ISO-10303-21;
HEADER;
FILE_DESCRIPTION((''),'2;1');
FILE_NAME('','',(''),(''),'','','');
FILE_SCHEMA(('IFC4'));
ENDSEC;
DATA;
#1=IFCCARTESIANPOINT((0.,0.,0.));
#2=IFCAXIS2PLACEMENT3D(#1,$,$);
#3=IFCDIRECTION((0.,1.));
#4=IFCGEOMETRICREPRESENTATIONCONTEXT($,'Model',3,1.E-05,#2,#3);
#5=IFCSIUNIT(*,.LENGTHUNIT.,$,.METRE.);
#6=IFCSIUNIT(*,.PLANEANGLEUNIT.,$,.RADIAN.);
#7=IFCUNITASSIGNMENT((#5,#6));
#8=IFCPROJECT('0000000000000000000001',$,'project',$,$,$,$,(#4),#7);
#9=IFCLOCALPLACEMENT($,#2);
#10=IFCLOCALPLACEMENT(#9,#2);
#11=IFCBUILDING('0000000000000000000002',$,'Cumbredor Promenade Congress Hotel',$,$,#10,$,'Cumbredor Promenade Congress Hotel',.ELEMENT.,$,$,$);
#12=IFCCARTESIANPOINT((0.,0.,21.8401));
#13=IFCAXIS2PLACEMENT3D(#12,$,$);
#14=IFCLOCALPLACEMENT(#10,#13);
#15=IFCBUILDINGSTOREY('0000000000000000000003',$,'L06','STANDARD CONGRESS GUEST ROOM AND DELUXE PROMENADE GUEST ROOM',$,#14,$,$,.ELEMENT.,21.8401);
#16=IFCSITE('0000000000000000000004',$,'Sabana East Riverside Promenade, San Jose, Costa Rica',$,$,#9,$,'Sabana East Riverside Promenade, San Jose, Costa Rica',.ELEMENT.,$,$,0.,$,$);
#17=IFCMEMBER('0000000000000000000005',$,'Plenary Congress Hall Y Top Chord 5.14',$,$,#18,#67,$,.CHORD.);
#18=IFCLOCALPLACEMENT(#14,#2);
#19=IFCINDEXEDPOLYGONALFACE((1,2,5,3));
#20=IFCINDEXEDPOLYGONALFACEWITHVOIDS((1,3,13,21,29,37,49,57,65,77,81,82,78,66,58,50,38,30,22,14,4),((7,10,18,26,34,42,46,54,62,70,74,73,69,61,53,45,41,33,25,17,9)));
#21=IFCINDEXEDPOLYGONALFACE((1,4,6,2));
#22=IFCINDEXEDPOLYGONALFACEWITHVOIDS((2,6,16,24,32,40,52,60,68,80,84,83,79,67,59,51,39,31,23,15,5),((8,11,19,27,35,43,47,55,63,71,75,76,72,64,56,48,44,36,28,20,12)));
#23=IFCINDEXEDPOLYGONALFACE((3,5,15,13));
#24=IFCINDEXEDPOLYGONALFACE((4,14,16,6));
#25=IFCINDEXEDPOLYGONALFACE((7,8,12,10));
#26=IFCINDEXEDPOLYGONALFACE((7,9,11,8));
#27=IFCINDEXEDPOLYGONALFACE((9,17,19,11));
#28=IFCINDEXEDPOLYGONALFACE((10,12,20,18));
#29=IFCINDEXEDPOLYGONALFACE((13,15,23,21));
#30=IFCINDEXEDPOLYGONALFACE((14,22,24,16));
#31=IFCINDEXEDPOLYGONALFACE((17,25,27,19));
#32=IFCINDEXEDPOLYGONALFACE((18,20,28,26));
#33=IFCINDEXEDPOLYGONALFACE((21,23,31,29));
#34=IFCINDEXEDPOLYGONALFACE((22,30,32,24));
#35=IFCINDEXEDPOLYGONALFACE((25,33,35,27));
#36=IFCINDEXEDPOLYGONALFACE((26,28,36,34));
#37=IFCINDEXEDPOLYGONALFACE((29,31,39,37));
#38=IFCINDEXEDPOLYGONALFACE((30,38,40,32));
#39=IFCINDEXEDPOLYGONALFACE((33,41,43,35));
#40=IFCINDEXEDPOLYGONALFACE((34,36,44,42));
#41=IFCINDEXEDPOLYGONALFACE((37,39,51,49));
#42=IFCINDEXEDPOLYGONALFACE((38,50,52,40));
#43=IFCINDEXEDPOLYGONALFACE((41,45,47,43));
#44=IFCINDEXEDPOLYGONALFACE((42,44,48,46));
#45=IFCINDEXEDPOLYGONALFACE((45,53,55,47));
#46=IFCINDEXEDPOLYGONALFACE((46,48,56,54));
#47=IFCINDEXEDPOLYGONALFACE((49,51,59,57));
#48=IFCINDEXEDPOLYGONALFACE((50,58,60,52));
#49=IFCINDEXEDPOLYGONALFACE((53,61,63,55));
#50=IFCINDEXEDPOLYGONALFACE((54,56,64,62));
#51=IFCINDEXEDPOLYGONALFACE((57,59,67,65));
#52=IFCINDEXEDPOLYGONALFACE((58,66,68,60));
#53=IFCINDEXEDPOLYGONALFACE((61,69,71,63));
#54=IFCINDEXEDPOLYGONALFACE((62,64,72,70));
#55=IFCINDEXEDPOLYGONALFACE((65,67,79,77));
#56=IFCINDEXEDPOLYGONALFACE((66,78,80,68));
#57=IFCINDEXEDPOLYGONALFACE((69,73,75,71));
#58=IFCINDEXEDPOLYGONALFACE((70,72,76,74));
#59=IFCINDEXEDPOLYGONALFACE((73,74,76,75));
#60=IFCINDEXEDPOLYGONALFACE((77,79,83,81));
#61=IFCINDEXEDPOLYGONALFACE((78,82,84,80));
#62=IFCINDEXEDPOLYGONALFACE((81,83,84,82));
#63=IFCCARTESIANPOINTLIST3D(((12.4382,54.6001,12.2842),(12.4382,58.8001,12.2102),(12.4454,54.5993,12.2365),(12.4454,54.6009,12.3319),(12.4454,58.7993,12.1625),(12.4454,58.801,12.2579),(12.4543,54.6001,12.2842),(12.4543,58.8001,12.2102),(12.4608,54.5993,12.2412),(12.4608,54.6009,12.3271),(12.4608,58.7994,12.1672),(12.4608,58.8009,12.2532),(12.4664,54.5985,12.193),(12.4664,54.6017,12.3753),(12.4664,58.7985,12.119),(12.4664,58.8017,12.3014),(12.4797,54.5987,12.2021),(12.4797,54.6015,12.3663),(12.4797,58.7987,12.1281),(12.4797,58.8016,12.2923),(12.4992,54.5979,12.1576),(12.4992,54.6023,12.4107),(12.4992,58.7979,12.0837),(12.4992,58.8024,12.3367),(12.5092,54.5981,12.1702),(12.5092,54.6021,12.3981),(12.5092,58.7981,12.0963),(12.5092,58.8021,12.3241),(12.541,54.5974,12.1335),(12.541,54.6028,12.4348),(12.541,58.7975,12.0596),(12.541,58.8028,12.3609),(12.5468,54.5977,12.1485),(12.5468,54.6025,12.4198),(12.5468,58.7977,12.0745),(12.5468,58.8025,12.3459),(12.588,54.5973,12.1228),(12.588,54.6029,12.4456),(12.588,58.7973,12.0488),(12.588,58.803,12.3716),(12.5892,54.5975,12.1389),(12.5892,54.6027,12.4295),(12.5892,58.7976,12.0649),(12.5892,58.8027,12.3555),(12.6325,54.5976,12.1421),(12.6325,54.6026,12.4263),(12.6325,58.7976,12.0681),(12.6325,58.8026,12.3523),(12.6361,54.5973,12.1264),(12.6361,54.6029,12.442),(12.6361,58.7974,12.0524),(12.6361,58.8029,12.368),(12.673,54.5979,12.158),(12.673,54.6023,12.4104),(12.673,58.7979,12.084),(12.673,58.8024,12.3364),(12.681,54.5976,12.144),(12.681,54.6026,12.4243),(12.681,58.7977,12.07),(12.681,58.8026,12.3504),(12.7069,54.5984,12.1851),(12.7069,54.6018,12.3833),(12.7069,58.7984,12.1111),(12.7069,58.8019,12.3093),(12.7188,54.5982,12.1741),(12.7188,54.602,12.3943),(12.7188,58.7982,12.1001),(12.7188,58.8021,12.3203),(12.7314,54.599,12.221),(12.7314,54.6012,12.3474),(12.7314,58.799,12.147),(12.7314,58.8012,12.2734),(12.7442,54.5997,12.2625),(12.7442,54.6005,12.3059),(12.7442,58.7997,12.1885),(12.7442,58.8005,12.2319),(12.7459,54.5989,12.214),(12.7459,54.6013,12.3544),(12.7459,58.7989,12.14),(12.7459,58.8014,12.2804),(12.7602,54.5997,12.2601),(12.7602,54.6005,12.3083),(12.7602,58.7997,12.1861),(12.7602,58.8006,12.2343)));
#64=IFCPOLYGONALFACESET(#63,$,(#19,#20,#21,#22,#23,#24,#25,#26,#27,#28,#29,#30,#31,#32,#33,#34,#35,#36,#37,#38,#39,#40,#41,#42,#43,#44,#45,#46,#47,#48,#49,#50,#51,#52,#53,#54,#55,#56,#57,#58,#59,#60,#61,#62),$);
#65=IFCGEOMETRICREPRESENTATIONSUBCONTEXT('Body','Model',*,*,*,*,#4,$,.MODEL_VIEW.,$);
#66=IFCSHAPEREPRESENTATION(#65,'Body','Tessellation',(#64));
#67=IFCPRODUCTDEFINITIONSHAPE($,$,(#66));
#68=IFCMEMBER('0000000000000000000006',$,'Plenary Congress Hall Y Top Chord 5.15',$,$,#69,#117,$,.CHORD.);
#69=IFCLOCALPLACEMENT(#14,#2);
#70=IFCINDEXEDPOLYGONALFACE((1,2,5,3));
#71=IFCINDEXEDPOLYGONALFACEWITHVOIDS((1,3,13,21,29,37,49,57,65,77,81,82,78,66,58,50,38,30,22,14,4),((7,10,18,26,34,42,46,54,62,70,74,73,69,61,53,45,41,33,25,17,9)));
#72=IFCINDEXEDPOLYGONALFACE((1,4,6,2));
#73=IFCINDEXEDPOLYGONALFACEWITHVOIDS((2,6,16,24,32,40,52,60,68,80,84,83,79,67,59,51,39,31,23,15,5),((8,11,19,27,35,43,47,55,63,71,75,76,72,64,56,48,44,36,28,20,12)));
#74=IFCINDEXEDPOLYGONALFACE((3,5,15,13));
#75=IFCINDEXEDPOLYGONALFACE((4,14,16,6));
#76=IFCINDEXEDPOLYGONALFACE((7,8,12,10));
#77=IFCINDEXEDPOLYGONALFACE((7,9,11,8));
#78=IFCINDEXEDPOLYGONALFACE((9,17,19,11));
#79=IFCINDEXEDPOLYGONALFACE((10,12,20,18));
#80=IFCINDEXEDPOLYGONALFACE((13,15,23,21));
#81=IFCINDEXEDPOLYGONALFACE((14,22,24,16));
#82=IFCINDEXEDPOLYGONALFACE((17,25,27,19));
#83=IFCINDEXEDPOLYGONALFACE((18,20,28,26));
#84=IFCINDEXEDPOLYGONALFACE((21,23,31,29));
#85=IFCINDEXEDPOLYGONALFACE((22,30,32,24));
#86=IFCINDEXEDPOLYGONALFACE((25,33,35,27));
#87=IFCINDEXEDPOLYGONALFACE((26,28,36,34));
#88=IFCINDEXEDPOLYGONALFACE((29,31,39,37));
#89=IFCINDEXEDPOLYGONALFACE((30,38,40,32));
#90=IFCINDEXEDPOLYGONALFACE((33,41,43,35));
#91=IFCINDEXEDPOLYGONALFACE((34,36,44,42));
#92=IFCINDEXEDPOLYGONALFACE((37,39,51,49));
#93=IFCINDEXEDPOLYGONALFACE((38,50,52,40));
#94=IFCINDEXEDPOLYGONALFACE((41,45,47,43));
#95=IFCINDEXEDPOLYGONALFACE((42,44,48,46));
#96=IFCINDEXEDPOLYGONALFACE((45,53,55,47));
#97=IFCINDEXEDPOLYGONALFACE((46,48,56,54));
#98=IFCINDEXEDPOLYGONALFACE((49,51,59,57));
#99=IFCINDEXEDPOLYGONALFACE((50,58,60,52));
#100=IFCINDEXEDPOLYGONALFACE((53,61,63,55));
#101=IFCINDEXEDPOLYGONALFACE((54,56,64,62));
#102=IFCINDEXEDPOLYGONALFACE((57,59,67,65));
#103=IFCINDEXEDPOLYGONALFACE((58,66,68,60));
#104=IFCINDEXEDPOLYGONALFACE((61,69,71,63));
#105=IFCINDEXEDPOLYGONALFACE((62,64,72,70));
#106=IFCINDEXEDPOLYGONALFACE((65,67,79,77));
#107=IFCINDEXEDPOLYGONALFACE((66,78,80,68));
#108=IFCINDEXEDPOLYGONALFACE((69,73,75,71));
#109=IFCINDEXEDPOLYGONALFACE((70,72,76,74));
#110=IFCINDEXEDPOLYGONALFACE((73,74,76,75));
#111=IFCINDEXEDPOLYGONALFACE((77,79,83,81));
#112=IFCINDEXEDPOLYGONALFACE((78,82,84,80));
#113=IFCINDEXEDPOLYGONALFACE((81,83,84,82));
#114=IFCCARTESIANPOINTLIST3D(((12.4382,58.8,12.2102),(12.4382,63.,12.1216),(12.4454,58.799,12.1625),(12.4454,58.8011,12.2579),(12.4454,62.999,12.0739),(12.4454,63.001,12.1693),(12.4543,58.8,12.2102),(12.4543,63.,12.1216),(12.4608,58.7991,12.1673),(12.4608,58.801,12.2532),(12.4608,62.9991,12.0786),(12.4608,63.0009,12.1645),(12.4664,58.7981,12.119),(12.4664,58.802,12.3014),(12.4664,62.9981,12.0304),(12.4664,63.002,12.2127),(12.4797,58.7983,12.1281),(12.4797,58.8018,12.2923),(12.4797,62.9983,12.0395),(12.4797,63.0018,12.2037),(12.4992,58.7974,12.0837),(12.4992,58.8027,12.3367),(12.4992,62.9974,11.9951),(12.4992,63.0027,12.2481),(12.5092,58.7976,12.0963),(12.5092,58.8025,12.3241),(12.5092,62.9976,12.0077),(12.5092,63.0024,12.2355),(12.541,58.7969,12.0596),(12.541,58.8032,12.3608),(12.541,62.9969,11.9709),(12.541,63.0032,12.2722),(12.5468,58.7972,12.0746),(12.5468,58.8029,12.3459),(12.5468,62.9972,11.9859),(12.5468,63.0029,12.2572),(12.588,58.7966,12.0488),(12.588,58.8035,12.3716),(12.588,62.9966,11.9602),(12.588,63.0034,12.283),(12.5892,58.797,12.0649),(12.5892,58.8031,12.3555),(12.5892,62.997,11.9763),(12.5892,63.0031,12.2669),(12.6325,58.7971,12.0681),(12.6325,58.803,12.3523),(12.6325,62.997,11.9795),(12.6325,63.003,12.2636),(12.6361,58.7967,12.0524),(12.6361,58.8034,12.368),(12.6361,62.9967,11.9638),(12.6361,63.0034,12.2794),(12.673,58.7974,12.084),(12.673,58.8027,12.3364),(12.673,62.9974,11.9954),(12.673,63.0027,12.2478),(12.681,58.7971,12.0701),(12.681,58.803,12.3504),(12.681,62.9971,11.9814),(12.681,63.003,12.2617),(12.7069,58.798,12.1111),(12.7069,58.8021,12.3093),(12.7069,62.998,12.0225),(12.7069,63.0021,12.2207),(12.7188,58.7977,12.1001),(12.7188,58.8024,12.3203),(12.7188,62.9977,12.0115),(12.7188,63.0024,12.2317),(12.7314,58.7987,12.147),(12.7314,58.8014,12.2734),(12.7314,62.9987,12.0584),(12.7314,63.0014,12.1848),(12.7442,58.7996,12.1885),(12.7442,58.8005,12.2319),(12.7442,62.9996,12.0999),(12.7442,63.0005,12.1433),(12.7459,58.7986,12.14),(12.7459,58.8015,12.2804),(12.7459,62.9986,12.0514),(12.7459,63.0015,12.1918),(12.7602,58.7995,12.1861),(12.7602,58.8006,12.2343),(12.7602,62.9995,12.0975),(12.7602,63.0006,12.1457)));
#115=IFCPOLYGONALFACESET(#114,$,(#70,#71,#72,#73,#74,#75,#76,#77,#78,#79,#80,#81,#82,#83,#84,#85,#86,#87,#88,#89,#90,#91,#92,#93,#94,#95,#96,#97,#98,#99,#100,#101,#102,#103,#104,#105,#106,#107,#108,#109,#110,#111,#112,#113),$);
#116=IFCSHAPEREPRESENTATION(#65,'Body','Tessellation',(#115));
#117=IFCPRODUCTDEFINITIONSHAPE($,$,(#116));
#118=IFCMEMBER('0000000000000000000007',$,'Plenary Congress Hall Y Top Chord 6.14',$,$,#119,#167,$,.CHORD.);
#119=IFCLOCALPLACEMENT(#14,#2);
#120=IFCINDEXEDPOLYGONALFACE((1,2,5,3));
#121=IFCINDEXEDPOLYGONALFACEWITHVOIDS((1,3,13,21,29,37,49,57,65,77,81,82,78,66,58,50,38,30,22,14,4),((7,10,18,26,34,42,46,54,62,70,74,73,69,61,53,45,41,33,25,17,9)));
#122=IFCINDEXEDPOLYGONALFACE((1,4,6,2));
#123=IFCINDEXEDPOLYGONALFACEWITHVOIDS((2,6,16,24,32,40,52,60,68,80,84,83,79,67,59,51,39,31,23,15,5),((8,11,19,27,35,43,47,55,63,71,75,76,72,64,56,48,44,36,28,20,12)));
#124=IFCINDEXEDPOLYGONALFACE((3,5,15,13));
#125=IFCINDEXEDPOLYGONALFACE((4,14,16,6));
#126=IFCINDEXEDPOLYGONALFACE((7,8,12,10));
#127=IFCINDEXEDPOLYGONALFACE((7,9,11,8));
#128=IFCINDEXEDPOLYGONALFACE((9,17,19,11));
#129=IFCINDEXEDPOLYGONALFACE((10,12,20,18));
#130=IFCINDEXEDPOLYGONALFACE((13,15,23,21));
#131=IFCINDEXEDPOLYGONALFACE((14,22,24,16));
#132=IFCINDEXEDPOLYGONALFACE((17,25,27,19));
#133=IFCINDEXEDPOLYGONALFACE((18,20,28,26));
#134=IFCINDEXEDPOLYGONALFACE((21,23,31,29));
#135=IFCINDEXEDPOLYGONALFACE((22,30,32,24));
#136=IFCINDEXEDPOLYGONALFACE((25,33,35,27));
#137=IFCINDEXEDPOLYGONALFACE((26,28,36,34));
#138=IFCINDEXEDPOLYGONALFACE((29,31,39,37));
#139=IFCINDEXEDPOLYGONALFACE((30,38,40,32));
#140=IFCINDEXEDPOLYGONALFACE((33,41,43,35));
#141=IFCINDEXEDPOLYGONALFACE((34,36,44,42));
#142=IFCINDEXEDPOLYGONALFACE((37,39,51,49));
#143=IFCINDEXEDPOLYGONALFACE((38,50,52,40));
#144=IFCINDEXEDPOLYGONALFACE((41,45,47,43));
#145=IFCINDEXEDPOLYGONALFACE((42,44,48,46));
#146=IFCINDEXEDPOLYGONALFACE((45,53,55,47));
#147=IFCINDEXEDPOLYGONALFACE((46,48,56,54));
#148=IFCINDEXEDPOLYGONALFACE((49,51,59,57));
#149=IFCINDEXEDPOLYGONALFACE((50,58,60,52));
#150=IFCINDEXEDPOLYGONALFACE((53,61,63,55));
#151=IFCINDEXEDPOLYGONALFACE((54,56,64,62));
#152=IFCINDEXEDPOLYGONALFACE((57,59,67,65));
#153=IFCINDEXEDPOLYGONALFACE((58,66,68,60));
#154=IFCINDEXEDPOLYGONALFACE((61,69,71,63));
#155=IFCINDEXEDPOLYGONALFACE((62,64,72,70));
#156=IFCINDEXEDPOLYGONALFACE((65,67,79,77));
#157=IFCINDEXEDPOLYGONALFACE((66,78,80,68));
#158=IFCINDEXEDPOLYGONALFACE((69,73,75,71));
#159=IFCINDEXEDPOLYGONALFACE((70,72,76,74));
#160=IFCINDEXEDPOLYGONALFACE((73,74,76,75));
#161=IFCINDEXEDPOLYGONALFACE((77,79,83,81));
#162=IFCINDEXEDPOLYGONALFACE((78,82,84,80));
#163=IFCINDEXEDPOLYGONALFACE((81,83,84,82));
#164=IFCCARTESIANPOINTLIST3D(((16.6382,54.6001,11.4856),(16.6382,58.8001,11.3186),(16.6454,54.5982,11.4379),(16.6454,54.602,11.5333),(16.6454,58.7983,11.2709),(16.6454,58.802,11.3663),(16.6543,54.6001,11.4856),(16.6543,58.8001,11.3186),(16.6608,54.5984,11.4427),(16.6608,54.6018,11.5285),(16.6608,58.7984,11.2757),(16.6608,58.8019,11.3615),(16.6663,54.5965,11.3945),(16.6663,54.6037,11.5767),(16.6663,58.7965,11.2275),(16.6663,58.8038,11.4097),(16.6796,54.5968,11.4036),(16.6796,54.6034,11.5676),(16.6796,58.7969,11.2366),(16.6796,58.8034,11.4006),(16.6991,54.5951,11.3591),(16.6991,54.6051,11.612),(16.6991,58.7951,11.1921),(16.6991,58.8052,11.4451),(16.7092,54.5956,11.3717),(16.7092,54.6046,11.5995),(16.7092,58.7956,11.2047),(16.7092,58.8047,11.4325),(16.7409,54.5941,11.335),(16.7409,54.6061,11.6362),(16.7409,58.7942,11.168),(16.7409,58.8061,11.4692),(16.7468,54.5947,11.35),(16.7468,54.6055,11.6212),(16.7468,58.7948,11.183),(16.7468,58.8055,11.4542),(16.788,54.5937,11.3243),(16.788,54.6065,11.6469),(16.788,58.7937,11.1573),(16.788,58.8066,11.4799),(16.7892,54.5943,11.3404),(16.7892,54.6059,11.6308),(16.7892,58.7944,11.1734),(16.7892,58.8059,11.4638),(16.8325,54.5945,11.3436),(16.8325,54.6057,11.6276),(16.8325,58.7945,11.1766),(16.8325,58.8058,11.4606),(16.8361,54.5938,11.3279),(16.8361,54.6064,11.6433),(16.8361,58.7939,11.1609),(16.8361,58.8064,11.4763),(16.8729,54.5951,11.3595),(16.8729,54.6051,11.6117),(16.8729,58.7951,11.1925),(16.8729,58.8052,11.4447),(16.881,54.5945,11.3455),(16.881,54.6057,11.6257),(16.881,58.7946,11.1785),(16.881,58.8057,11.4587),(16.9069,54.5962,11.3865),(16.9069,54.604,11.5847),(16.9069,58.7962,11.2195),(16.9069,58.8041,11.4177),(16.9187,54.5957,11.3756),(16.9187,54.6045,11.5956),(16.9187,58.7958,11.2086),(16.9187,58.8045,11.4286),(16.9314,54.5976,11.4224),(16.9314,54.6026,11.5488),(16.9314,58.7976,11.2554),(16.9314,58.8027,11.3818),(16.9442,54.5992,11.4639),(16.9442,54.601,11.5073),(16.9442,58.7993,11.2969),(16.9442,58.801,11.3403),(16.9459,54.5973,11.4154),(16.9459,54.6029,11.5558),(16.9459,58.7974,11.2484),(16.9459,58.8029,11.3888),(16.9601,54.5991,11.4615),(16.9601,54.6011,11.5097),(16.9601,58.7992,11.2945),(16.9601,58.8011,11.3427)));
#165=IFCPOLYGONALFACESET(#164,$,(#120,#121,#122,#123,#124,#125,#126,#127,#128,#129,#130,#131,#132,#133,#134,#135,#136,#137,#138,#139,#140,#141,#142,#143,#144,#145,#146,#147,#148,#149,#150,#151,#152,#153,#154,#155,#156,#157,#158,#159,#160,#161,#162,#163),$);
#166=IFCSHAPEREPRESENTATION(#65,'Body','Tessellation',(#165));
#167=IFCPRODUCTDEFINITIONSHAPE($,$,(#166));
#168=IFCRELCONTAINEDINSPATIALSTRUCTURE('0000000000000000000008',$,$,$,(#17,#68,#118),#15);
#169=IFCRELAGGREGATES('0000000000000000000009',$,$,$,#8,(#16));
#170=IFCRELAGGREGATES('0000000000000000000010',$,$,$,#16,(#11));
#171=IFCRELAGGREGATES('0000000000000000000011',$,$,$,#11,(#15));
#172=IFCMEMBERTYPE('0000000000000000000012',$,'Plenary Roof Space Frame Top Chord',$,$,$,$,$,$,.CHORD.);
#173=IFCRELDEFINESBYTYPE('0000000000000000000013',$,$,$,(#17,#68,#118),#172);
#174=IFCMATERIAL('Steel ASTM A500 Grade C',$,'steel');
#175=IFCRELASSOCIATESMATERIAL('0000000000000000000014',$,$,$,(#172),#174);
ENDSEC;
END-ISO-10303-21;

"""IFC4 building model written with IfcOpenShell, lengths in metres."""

from ifc_helpers import new_model, si_unit, direction, frame, origin, origin_2d, place, context, subcontext, project, spatial, hollow_circle, extrude, material, material_profile, profile_set, type_object, element, save


model = new_model("IFC4")

# Units and contexts
model_context = context("Model", 3, precision=1e-05, world=origin(), true_north=direction((0.0, 1.0)))
body_context = subcontext(model_context, "Body", "Model", "MODEL_VIEW")
ifc_project = project(units=[si_unit("LENGTHUNIT", "METRE"), si_unit("PLANEANGLEUNIT", "RADIAN")], contexts=[model_context])

# Site, building, storey
site_placement = place(None, origin())
site = spatial("IfcSite", under=ifc_project, at=site_placement, Name="Sabana East Riverside Promenade, San Jose, Costa Rica", LongName="Sabana East Riverside Promenade, San Jose, Costa Rica", CompositionType="ELEMENT", RefElevation=0.0)
building_placement = place(site_placement, origin())
building = spatial("IfcBuilding", under=site, at=building_placement, Name="Cumbredor Promenade Congress Hotel", LongName="Cumbredor Promenade Congress Hotel", CompositionType="ELEMENT")
storey_placement = place(building_placement, frame((0.0, 0.0, 21.8401)))
storey = spatial("IfcBuildingStorey", under=building, at=storey_placement, Name="L06", Description="STANDARD CONGRESS GUEST ROOM AND DELUXE PROMENADE GUEST ROOM", CompositionType="ELEMENT", Elevation=21.8401)

# Members
ifc_material_1 = material(Name="Steel ASTM A500 Grade C", Category="steel")
ifc_material_profile_1 = material_profile(ifc_material_1, hollow_circle(Radius=0.1619, WallThickness=0.0161, at=origin_2d()), Name="CHS 323.9x16")
ifc_profile_set_1 = profile_set([ifc_material_profile_1], Name="Steel ASTM A500 Grade C")
member_type_1 = type_object("IfcMemberType", Name="Plenary Roof Space Frame Top Chord", PredefinedType="CHORD", material=ifc_profile_set_1)
member_1_placement = place(storey_placement, frame((12.6001, 54.6001, 12.2842), z_axis=(0.0, 0.999845, -0.01761), x_axis=(-1.0, 0.0, 0.0)))
element("IfcMember", 1, at=member_1_placement, inside=storey, type_object=member_type_1, Name="Plenary Congress Hall Y Top Chord 5.14", PredefinedType="CHORD", context=body_context, shape_type="SweptSolid", body=[
    extrude(hollow_circle(Radius=0.1619, WallThickness=0.0161, at=origin_2d()), origin(), (0.0, 0.0, 1.0), 4.2007),
])
member_2_placement = place(storey_placement, frame((12.6001, 58.8, 12.2102), z_axis=(0.0, 0.999777, -0.021096), x_axis=(-1.0, 0.0, 0.0)))
element("IfcMember", 2, at=member_2_placement, inside=storey, type_object=member_type_1, Name="Plenary Congress Hall Y Top Chord 5.15", PredefinedType="CHORD", context=body_context, shape_type="SweptSolid", body=[
    extrude(hollow_circle(Radius=0.1619, WallThickness=0.0161, at=origin_2d()), origin(), (0.0, 0.0, 1.0), 4.2009),
])
member_3_placement = place(storey_placement, frame((16.8, 54.6001, 11.4856), z_axis=(0.0, 0.99921, -0.039729), x_axis=(-1.0, 0.0, 0.0)))
element("IfcMember", 3, at=member_3_placement, inside=storey, type_object=member_type_1, Name="Plenary Congress Hall Y Top Chord 6.14", PredefinedType="CHORD", context=body_context, shape_type="SweptSolid", body=[
    extrude(hollow_circle(Radius=0.1619, WallThickness=0.0161, at=origin_2d()), origin(), (0.0, 0.0, 1.0), 4.2034),
])

save(model, "model.ifc")
